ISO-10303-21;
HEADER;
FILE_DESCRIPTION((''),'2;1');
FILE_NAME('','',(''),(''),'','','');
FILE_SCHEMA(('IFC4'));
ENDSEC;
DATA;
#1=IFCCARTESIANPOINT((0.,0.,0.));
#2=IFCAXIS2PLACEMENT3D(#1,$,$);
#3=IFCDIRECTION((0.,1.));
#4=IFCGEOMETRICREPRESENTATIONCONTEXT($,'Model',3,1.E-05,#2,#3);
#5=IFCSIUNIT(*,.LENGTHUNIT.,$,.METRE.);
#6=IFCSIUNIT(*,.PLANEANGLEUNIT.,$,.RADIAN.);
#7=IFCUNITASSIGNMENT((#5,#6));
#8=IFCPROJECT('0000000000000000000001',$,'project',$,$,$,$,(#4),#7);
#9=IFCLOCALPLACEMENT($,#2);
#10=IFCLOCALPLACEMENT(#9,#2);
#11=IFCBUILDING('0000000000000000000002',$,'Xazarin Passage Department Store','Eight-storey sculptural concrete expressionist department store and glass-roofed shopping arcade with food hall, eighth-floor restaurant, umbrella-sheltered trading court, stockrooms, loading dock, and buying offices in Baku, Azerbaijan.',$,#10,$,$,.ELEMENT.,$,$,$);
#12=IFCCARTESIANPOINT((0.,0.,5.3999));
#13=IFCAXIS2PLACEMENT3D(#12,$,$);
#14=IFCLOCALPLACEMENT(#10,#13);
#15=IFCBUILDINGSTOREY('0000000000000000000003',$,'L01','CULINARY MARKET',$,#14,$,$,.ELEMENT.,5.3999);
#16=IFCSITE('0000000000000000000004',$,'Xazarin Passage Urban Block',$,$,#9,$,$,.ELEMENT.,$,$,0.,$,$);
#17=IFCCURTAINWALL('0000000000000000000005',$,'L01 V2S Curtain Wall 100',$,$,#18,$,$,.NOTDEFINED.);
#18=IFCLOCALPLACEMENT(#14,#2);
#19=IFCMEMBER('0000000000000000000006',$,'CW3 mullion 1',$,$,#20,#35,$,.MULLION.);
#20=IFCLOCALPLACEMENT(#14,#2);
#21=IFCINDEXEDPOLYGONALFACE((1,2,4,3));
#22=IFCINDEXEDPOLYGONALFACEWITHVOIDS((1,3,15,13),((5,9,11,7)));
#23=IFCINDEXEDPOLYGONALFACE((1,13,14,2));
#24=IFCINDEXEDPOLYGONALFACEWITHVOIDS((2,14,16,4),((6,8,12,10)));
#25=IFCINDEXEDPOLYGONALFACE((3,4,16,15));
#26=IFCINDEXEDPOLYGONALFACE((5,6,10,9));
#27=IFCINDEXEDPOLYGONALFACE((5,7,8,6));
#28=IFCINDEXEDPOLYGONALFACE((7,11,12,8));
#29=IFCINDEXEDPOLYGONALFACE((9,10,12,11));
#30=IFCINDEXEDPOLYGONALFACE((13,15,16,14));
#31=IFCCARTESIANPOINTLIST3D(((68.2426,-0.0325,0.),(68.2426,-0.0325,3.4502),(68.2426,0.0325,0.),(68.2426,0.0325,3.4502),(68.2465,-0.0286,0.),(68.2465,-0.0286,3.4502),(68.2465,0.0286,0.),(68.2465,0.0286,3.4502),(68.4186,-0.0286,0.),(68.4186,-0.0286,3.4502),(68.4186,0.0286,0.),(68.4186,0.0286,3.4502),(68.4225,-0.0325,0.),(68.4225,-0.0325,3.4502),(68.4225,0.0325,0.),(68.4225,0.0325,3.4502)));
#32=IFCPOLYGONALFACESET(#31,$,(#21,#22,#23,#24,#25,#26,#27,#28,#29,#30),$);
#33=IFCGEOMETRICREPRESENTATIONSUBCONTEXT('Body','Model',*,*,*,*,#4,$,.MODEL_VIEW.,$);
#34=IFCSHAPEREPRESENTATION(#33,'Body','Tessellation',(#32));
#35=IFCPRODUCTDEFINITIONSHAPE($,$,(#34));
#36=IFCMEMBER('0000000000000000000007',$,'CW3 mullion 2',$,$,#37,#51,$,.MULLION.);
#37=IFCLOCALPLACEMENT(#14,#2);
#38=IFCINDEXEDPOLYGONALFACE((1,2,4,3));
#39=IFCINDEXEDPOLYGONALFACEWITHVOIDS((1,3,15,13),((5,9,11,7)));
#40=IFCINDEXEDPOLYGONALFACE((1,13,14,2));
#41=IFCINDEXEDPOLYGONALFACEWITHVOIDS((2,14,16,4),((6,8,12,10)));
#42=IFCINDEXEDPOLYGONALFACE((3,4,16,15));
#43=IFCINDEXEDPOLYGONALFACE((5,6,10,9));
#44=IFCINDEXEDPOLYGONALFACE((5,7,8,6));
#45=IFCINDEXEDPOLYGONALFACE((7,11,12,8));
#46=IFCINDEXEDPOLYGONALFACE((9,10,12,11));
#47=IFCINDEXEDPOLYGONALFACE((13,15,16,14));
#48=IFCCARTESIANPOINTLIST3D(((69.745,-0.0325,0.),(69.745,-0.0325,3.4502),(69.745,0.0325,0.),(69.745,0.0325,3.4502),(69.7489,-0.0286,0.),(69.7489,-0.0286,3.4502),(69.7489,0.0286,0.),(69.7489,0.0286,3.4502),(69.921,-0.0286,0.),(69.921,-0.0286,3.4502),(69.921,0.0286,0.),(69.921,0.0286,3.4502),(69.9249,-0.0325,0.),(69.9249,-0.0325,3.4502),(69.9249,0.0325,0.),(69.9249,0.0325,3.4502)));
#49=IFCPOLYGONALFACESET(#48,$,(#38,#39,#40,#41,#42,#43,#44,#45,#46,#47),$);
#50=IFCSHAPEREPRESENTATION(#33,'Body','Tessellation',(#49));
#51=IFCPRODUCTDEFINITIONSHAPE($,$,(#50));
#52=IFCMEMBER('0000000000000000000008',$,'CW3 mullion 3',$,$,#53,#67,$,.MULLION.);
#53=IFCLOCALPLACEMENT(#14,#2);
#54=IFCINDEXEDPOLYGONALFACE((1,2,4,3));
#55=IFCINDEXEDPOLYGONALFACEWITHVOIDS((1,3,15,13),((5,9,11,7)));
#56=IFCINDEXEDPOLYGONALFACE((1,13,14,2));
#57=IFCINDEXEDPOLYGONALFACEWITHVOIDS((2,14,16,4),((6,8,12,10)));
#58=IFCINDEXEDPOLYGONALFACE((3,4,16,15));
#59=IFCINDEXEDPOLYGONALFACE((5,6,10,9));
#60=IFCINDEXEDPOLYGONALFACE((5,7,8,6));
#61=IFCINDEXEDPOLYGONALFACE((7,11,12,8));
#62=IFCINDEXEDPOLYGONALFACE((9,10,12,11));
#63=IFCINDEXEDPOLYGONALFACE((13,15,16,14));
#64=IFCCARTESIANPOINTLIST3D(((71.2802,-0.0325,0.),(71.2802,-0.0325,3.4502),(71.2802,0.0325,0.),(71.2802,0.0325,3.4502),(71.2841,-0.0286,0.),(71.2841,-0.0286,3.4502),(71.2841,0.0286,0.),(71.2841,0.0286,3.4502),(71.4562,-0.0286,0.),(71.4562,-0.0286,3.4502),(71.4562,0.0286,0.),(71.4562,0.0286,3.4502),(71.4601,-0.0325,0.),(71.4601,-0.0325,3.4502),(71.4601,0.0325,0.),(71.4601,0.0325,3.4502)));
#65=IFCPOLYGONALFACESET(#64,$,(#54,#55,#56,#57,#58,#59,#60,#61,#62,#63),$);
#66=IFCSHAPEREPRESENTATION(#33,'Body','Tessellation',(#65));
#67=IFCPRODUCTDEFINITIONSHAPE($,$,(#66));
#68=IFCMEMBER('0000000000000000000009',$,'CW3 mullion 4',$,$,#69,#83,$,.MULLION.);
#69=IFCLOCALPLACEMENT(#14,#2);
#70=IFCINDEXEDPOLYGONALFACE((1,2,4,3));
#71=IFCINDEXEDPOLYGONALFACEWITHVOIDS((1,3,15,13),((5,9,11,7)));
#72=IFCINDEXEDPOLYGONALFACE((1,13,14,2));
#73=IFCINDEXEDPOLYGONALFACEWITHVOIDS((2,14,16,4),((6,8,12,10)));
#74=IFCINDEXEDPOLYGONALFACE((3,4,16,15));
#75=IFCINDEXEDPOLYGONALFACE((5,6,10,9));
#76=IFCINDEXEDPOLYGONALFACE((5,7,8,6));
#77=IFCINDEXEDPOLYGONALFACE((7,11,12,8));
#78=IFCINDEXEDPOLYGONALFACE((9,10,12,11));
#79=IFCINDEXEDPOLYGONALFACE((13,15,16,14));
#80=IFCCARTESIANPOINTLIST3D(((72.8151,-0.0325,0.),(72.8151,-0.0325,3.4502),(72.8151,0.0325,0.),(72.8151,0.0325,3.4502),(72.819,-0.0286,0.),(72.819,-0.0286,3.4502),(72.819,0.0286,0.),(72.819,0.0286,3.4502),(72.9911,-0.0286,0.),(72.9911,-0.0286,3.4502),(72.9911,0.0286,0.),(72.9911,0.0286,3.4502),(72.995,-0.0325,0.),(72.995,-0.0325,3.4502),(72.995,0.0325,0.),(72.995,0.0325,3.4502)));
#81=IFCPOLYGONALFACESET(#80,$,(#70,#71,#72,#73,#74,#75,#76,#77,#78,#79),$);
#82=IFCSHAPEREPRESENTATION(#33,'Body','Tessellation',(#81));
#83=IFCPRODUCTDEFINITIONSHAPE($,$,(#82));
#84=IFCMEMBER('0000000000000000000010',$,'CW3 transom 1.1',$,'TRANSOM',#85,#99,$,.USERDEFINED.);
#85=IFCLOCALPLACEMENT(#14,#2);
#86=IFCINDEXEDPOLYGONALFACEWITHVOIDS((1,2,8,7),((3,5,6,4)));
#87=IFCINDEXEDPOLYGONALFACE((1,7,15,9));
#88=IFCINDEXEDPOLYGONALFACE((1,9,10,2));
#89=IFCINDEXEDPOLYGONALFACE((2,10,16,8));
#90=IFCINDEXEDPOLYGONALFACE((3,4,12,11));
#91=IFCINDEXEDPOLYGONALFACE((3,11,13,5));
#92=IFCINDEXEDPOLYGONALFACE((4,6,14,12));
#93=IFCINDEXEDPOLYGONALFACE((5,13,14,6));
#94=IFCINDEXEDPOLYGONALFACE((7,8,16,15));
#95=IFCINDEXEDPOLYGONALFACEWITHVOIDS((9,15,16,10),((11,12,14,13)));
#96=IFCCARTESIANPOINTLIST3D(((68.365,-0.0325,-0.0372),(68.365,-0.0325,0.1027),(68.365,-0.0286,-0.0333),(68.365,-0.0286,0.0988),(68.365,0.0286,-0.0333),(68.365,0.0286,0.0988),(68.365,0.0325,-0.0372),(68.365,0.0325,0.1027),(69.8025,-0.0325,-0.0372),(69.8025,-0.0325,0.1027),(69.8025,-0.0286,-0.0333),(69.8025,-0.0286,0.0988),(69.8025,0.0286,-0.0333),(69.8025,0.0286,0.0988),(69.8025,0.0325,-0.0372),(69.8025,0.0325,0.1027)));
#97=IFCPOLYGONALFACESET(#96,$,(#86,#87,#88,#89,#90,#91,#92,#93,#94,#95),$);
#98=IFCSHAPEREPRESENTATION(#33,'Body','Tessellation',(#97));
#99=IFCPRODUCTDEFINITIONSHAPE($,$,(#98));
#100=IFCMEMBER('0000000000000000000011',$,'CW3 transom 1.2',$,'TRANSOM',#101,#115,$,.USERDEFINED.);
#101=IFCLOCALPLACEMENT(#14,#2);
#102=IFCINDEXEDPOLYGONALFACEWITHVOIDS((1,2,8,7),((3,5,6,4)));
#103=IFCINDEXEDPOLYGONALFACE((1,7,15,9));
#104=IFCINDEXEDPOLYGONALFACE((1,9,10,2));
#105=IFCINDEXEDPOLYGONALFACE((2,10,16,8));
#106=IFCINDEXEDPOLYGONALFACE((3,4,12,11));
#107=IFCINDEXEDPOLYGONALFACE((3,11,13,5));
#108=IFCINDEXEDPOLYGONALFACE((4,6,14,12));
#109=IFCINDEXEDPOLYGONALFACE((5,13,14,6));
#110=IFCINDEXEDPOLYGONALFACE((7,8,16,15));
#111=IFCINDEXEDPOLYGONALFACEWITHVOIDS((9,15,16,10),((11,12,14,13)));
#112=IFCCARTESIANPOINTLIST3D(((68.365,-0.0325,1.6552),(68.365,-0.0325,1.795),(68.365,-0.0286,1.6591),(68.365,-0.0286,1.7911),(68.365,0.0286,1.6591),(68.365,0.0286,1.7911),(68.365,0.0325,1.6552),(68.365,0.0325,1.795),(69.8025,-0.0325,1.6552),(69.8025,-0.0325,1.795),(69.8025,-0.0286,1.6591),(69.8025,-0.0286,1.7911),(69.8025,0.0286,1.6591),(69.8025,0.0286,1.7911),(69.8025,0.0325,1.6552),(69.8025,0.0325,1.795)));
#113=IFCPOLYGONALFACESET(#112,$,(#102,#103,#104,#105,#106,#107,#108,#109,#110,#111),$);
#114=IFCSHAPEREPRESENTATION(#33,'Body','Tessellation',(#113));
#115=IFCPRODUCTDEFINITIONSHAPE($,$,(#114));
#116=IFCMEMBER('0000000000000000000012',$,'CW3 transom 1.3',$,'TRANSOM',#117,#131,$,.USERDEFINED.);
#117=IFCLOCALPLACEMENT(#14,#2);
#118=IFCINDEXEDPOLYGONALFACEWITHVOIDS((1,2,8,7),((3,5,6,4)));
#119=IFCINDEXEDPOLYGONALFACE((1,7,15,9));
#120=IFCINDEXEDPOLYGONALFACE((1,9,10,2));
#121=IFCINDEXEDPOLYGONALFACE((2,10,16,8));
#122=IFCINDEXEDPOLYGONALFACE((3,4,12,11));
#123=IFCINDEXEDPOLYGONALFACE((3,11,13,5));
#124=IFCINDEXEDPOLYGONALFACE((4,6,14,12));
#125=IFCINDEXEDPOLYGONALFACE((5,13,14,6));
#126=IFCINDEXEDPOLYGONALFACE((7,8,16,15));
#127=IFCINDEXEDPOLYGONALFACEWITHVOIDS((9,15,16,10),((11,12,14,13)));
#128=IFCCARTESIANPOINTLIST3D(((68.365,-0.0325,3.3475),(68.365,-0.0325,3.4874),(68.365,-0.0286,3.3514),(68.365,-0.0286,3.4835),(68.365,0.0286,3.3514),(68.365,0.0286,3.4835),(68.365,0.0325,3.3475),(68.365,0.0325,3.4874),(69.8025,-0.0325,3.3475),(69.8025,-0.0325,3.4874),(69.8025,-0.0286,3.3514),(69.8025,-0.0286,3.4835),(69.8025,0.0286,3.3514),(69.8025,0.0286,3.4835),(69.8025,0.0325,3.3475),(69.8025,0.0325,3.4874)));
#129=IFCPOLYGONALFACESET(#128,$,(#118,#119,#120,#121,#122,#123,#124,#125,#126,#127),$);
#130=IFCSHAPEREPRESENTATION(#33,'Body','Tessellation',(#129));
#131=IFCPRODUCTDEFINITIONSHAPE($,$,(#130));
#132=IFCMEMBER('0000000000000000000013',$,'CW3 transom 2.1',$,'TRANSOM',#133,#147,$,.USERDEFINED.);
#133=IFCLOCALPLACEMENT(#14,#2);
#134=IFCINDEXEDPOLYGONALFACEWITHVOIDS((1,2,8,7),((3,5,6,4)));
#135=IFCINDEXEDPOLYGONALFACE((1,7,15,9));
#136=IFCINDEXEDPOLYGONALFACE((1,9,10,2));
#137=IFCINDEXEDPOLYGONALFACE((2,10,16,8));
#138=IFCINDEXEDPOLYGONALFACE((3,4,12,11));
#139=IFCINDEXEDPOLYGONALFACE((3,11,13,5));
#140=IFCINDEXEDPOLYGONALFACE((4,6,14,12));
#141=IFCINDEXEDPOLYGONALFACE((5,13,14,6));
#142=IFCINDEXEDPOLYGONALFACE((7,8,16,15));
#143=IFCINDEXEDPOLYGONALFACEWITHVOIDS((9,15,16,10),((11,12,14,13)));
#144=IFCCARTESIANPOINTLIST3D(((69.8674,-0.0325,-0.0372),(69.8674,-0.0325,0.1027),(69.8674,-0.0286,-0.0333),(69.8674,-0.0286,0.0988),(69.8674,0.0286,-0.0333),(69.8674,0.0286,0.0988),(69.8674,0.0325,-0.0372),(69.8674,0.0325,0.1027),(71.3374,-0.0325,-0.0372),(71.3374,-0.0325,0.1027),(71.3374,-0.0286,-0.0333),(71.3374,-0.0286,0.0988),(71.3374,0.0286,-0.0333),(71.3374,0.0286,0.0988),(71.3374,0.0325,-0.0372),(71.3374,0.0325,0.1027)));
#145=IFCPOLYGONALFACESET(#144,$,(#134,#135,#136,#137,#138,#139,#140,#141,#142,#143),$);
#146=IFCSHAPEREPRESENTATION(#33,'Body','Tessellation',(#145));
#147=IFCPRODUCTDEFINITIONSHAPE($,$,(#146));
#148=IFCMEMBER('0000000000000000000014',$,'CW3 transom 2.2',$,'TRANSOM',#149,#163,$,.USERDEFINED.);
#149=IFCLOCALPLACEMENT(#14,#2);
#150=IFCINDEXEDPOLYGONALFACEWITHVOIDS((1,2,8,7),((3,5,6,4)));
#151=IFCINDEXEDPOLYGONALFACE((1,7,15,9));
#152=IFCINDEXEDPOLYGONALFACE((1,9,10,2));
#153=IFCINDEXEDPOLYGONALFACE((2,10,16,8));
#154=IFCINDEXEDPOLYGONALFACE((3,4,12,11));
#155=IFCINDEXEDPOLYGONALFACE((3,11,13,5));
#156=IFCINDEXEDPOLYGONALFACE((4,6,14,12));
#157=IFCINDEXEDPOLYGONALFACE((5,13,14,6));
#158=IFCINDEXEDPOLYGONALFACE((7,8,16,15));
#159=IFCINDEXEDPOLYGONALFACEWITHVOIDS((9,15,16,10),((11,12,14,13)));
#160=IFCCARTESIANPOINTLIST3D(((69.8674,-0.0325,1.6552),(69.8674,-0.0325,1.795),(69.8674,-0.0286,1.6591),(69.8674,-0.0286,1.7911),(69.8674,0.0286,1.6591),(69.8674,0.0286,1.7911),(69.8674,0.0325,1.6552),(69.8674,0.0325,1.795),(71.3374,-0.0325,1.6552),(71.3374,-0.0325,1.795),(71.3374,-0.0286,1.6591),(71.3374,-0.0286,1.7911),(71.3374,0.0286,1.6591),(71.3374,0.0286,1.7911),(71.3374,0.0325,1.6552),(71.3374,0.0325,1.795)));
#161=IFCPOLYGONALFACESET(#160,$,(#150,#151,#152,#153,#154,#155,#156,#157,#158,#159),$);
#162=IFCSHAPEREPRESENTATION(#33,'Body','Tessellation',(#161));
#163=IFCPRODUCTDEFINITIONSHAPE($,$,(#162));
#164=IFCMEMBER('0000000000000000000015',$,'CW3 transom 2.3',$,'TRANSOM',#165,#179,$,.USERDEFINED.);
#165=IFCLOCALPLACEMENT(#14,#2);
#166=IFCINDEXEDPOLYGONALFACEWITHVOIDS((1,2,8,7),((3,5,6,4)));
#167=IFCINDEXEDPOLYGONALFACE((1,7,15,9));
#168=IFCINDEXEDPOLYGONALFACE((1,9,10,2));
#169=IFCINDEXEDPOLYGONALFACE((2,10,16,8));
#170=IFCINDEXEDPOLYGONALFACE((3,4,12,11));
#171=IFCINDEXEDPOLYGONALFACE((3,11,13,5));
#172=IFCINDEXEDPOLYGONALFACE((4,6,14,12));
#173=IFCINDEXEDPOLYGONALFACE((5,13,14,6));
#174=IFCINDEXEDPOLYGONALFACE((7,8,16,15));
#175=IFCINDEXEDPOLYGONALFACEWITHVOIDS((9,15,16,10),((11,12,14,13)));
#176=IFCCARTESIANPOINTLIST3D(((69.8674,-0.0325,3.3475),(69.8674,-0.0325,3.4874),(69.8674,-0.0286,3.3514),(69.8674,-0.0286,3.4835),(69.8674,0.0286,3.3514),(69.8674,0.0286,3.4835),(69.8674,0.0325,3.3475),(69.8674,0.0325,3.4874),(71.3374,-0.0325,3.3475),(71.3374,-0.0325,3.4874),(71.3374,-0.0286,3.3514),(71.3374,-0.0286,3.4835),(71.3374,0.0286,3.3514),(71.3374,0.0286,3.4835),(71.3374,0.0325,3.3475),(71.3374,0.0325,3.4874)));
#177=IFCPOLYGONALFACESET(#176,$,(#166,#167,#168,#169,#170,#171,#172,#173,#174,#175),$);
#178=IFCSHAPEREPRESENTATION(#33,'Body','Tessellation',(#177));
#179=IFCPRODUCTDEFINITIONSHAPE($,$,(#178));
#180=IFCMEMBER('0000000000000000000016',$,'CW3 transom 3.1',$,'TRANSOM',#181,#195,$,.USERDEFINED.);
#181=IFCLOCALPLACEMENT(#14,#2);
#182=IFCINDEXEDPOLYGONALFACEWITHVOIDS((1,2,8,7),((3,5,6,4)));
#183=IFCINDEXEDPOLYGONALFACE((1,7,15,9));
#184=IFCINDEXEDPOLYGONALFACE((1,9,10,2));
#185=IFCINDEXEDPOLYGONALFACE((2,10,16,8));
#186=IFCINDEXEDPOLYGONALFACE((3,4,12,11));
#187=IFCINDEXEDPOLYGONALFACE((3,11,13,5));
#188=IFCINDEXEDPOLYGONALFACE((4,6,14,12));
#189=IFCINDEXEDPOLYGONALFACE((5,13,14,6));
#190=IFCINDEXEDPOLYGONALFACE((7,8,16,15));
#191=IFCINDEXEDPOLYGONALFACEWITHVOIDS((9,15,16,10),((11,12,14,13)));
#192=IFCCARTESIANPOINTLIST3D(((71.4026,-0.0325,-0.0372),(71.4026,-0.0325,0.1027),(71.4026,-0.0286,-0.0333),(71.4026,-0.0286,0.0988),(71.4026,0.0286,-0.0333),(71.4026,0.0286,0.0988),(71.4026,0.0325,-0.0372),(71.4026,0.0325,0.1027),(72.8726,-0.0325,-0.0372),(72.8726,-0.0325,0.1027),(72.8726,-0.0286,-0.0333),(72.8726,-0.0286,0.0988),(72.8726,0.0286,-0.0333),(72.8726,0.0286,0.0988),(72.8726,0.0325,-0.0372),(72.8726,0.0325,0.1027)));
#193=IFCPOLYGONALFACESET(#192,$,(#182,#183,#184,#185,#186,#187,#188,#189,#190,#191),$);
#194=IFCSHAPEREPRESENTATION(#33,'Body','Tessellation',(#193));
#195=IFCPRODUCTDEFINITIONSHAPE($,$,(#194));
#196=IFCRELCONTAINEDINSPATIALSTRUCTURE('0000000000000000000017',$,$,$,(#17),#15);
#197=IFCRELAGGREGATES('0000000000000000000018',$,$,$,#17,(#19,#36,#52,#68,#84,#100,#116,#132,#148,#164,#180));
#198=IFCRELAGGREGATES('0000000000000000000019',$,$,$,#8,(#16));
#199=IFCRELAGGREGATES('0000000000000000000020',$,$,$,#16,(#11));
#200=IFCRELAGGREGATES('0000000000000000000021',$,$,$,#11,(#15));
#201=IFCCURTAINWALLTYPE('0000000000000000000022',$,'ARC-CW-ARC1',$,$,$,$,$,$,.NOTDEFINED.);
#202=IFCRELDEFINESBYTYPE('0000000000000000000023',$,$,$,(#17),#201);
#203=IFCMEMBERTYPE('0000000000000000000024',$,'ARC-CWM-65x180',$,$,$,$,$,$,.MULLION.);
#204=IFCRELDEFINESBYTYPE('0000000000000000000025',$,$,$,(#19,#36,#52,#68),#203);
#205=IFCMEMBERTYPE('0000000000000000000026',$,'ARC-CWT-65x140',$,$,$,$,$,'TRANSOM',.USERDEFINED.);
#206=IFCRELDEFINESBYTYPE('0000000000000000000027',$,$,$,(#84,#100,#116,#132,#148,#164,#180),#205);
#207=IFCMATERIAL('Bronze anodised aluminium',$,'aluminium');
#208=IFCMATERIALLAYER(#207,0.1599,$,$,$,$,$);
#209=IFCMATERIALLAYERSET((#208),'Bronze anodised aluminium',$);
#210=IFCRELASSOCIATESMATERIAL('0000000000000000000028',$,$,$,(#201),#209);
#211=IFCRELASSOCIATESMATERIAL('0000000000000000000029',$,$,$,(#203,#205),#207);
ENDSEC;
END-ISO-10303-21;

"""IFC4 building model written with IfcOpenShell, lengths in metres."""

from ifc_helpers import new_model, si_unit, direction, frame, origin, origin_2d, place, context, subcontext, project, spatial, hollow_rectangle, extrude, material, layer, layer_set, material_profile, profile_set, type_object, element, aggregate, save


model = new_model("IFC4")

# Units and contexts
model_context = context("Model", 3, precision=1e-05, world=origin(), true_north=direction((0.0, 1.0)))
body_context = subcontext(model_context, "Body", "Model", "MODEL_VIEW")
ifc_project = project(units=[si_unit("LENGTHUNIT", "METRE"), si_unit("PLANEANGLEUNIT", "RADIAN")], contexts=[model_context])

# Site, building, storey
site_placement = place(None, origin())
site = spatial("IfcSite", under=ifc_project, at=site_placement, Name="Xazarin Passage Urban Block", CompositionType="ELEMENT", RefElevation=0.0)
building_placement = place(site_placement, origin())
building = spatial("IfcBuilding", under=site, at=building_placement, Name="Xazarin Passage Department Store", Description="Eight-storey sculptural concrete expressionist department store and glass-roofed shopping arcade with food hall, eighth-floor restaurant, umbrella-sheltered trading court, stockrooms, loading dock, and buying offices in Baku, Azerbaijan.", CompositionType="ELEMENT")
storey_placement = place(building_placement, frame((0.0, 0.0, 5.3999)))
storey = spatial("IfcBuildingStorey", under=building, at=storey_placement, Name="L01", Description="CULINARY MARKET", CompositionType="ELEMENT", Elevation=5.3999)

# Curtain wall, members
ifc_material_1 = material(Name="Bronze anodised aluminium", Category="aluminium")
ifc_layer_1 = layer(ifc_material_1, 0.1599)
ifc_layer_set_1 = layer_set([ifc_layer_1], Name="Bronze anodised aluminium")
curtain_wall_type = type_object("IfcCurtainWallType", Name="ARC-CW-ARC1", PredefinedType="NOTDEFINED", material=ifc_layer_set_1)
curtain_wall_placement = place(storey_placement, origin())
curtain_wall = element("IfcCurtainWall", 1, at=curtain_wall_placement, inside=storey, type_object=curtain_wall_type, Name="L01 V2S Curtain Wall 100", PredefinedType="NOTDEFINED")
ifc_material_profile_1 = material_profile(ifc_material_1, hollow_rectangle(XDim=0.0649, YDim=0.1799, WallThickness=0.0039, at=origin_2d()), Name="ALU 65x180")
ifc_profile_set_1 = profile_set([ifc_material_profile_1], Name="Bronze anodised aluminium")
member_type_1 = type_object("IfcMemberType", Name="ARC-CWM-65x180", PredefinedType="MULLION", material=ifc_profile_set_1)
member_1_placement = place(storey_placement, frame((68.3325, 0.0, 0.0), z_axis=(0.0, 0.0, 1.0), x_axis=(0.0, 1.0, 0.0)))
member_1 = element("IfcMember", 2, at=member_1_placement, type_object=member_type_1, Name="CW3 mullion 1", PredefinedType="MULLION", context=body_context, shape_type="SweptSolid", body=[
    extrude(hollow_rectangle(XDim=0.0649, YDim=0.1799, WallThickness=0.0039, at=origin_2d()), origin(), (0.0, 0.0, 1.0), 3.4502),
])
member_2_placement = place(storey_placement, frame((69.835, 0.0, 0.0), z_axis=(0.0, 0.0, 1.0), x_axis=(0.0, 1.0, 0.0)))
member_2 = element("IfcMember", 3, at=member_2_placement, type_object=member_type_1, Name="CW3 mullion 2", PredefinedType="MULLION", context=body_context, shape_type="SweptSolid", body=[
    extrude(hollow_rectangle(XDim=0.0649, YDim=0.1799, WallThickness=0.0039, at=origin_2d()), origin(), (0.0, 0.0, 1.0), 3.4502),
])
member_3_placement = place(storey_placement, frame((71.3701, 0.0, 0.0), z_axis=(0.0, 0.0, 1.0), x_axis=(0.0, 1.0, 0.0)))
member_3 = element("IfcMember", 4, at=member_3_placement, type_object=member_type_1, Name="CW3 mullion 3", PredefinedType="MULLION", context=body_context, shape_type="SweptSolid", body=[
    extrude(hollow_rectangle(XDim=0.0649, YDim=0.1799, WallThickness=0.0039, at=origin_2d()), origin(), (0.0, 0.0, 1.0), 3.4502),
])
member_4_placement = place(storey_placement, frame((72.905, 0.0, 0.0), z_axis=(0.0, 0.0, 1.0), x_axis=(0.0, 1.0, 0.0)))
member_4 = element("IfcMember", 5, at=member_4_placement, type_object=member_type_1, Name="CW3 mullion 4", PredefinedType="MULLION", context=body_context, shape_type="SweptSolid", body=[
    extrude(hollow_rectangle(XDim=0.0649, YDim=0.1799, WallThickness=0.0039, at=origin_2d()), origin(), (0.0, 0.0, 1.0), 3.4502),
])
ifc_material_profile_2 = material_profile(ifc_material_1, hollow_rectangle(XDim=0.0649, YDim=0.1399, WallThickness=0.0039, at=origin_2d()), Name="ALU 65x140")
ifc_profile_set_2 = profile_set([ifc_material_profile_2], Name="Bronze anodised aluminium")
member_type_2 = type_object("IfcMemberType", Name="ARC-CWT-65x140", ElementType="TRANSOM", PredefinedType="USERDEFINED", material=ifc_profile_set_2)
member_5_placement = place(storey_placement, frame((68.365, 0.0, 0.0327), z_axis=(1.0, 0.0, 0.0), x_axis=(0.0, 1.0, 0.0)))
member_5 = element("IfcMember", 6, at=member_5_placement, type_object=member_type_2, Name="CW3 transom 1.1", ObjectType="TRANSOM", PredefinedType="USERDEFINED", context=body_context, shape_type="SweptSolid", body=[
    extrude(hollow_rectangle(XDim=0.0649, YDim=0.1399, WallThickness=0.0039, at=origin_2d()), origin(), (0.0, 0.0, 1.0), 1.4375),
])
member_6_placement = place(storey_placement, frame((68.365, 0.0, 1.7251), z_axis=(1.0, 0.0, 0.0), x_axis=(0.0, 1.0, 0.0)))
member_6 = element("IfcMember", 7, at=member_6_placement, type_object=member_type_2, Name="CW3 transom 1.2", ObjectType="TRANSOM", PredefinedType="USERDEFINED", context=body_context, shape_type="SweptSolid", body=[
    extrude(hollow_rectangle(XDim=0.0649, YDim=0.1399, WallThickness=0.0039, at=origin_2d()), origin(), (0.0, 0.0, 1.0), 1.4375),
])
member_7_placement = place(storey_placement, frame((68.365, 0.0, 3.4175), z_axis=(1.0, 0.0, 0.0), x_axis=(0.0, 1.0, 0.0)))
member_7 = element("IfcMember", 8, at=member_7_placement, type_object=member_type_2, Name="CW3 transom 1.3", ObjectType="TRANSOM", PredefinedType="USERDEFINED", context=body_context, shape_type="SweptSolid", body=[
    extrude(hollow_rectangle(XDim=0.0649, YDim=0.1399, WallThickness=0.0039, at=origin_2d()), origin(), (0.0, 0.0, 1.0), 1.4375),
])
member_8_placement = place(storey_placement, frame((69.8674, 0.0, 0.0327), z_axis=(1.0, 0.0, 0.0), x_axis=(0.0, 1.0, 0.0)))
member_8 = element("IfcMember", 9, at=member_8_placement, type_object=member_type_2, Name="CW3 transom 2.1", ObjectType="TRANSOM", PredefinedType="USERDEFINED", context=body_context, shape_type="SweptSolid", body=[
    extrude(hollow_rectangle(XDim=0.0649, YDim=0.1399, WallThickness=0.0039, at=origin_2d()), origin(), (0.0, 0.0, 1.0), 1.47),
])
member_9_placement = place(storey_placement, frame((69.8674, 0.0, 1.7251), z_axis=(1.0, 0.0, 0.0), x_axis=(0.0, 1.0, 0.0)))
member_9 = element("IfcMember", 10, at=member_9_placement, type_object=member_type_2, Name="CW3 transom 2.2", ObjectType="TRANSOM", PredefinedType="USERDEFINED", context=body_context, shape_type="SweptSolid", body=[
    extrude(hollow_rectangle(XDim=0.0649, YDim=0.1399, WallThickness=0.0039, at=origin_2d()), origin(), (0.0, 0.0, 1.0), 1.47),
])
member_10_placement = place(storey_placement, frame((69.8674, 0.0, 3.4175), z_axis=(1.0, 0.0, 0.0), x_axis=(0.0, 1.0, 0.0)))
member_10 = element("IfcMember", 11, at=member_10_placement, type_object=member_type_2, Name="CW3 transom 2.3", ObjectType="TRANSOM", PredefinedType="USERDEFINED", context=body_context, shape_type="SweptSolid", body=[
    extrude(hollow_rectangle(XDim=0.0649, YDim=0.1399, WallThickness=0.0039, at=origin_2d()), origin(), (0.0, 0.0, 1.0), 1.47),
])
member_11_placement = place(storey_placement, frame((71.4026, 0.0, 0.0327), z_axis=(1.0, 0.0, 0.0), x_axis=(0.0, 1.0, 0.0)))
member_11 = element("IfcMember", 12, at=member_11_placement, type_object=member_type_2, Name="CW3 transom 3.1", ObjectType="TRANSOM", PredefinedType="USERDEFINED", context=body_context, shape_type="SweptSolid", body=[
    extrude(hollow_rectangle(XDim=0.0649, YDim=0.1399, WallThickness=0.0039, at=origin_2d()), origin(), (0.0, 0.0, 1.0), 1.47),
])

aggregate(curtain_wall, [member_1, member_2, member_3, member_4, member_5, member_6, member_7, member_8, member_9, member_10, member_11])

save(model, "model.ifc")
